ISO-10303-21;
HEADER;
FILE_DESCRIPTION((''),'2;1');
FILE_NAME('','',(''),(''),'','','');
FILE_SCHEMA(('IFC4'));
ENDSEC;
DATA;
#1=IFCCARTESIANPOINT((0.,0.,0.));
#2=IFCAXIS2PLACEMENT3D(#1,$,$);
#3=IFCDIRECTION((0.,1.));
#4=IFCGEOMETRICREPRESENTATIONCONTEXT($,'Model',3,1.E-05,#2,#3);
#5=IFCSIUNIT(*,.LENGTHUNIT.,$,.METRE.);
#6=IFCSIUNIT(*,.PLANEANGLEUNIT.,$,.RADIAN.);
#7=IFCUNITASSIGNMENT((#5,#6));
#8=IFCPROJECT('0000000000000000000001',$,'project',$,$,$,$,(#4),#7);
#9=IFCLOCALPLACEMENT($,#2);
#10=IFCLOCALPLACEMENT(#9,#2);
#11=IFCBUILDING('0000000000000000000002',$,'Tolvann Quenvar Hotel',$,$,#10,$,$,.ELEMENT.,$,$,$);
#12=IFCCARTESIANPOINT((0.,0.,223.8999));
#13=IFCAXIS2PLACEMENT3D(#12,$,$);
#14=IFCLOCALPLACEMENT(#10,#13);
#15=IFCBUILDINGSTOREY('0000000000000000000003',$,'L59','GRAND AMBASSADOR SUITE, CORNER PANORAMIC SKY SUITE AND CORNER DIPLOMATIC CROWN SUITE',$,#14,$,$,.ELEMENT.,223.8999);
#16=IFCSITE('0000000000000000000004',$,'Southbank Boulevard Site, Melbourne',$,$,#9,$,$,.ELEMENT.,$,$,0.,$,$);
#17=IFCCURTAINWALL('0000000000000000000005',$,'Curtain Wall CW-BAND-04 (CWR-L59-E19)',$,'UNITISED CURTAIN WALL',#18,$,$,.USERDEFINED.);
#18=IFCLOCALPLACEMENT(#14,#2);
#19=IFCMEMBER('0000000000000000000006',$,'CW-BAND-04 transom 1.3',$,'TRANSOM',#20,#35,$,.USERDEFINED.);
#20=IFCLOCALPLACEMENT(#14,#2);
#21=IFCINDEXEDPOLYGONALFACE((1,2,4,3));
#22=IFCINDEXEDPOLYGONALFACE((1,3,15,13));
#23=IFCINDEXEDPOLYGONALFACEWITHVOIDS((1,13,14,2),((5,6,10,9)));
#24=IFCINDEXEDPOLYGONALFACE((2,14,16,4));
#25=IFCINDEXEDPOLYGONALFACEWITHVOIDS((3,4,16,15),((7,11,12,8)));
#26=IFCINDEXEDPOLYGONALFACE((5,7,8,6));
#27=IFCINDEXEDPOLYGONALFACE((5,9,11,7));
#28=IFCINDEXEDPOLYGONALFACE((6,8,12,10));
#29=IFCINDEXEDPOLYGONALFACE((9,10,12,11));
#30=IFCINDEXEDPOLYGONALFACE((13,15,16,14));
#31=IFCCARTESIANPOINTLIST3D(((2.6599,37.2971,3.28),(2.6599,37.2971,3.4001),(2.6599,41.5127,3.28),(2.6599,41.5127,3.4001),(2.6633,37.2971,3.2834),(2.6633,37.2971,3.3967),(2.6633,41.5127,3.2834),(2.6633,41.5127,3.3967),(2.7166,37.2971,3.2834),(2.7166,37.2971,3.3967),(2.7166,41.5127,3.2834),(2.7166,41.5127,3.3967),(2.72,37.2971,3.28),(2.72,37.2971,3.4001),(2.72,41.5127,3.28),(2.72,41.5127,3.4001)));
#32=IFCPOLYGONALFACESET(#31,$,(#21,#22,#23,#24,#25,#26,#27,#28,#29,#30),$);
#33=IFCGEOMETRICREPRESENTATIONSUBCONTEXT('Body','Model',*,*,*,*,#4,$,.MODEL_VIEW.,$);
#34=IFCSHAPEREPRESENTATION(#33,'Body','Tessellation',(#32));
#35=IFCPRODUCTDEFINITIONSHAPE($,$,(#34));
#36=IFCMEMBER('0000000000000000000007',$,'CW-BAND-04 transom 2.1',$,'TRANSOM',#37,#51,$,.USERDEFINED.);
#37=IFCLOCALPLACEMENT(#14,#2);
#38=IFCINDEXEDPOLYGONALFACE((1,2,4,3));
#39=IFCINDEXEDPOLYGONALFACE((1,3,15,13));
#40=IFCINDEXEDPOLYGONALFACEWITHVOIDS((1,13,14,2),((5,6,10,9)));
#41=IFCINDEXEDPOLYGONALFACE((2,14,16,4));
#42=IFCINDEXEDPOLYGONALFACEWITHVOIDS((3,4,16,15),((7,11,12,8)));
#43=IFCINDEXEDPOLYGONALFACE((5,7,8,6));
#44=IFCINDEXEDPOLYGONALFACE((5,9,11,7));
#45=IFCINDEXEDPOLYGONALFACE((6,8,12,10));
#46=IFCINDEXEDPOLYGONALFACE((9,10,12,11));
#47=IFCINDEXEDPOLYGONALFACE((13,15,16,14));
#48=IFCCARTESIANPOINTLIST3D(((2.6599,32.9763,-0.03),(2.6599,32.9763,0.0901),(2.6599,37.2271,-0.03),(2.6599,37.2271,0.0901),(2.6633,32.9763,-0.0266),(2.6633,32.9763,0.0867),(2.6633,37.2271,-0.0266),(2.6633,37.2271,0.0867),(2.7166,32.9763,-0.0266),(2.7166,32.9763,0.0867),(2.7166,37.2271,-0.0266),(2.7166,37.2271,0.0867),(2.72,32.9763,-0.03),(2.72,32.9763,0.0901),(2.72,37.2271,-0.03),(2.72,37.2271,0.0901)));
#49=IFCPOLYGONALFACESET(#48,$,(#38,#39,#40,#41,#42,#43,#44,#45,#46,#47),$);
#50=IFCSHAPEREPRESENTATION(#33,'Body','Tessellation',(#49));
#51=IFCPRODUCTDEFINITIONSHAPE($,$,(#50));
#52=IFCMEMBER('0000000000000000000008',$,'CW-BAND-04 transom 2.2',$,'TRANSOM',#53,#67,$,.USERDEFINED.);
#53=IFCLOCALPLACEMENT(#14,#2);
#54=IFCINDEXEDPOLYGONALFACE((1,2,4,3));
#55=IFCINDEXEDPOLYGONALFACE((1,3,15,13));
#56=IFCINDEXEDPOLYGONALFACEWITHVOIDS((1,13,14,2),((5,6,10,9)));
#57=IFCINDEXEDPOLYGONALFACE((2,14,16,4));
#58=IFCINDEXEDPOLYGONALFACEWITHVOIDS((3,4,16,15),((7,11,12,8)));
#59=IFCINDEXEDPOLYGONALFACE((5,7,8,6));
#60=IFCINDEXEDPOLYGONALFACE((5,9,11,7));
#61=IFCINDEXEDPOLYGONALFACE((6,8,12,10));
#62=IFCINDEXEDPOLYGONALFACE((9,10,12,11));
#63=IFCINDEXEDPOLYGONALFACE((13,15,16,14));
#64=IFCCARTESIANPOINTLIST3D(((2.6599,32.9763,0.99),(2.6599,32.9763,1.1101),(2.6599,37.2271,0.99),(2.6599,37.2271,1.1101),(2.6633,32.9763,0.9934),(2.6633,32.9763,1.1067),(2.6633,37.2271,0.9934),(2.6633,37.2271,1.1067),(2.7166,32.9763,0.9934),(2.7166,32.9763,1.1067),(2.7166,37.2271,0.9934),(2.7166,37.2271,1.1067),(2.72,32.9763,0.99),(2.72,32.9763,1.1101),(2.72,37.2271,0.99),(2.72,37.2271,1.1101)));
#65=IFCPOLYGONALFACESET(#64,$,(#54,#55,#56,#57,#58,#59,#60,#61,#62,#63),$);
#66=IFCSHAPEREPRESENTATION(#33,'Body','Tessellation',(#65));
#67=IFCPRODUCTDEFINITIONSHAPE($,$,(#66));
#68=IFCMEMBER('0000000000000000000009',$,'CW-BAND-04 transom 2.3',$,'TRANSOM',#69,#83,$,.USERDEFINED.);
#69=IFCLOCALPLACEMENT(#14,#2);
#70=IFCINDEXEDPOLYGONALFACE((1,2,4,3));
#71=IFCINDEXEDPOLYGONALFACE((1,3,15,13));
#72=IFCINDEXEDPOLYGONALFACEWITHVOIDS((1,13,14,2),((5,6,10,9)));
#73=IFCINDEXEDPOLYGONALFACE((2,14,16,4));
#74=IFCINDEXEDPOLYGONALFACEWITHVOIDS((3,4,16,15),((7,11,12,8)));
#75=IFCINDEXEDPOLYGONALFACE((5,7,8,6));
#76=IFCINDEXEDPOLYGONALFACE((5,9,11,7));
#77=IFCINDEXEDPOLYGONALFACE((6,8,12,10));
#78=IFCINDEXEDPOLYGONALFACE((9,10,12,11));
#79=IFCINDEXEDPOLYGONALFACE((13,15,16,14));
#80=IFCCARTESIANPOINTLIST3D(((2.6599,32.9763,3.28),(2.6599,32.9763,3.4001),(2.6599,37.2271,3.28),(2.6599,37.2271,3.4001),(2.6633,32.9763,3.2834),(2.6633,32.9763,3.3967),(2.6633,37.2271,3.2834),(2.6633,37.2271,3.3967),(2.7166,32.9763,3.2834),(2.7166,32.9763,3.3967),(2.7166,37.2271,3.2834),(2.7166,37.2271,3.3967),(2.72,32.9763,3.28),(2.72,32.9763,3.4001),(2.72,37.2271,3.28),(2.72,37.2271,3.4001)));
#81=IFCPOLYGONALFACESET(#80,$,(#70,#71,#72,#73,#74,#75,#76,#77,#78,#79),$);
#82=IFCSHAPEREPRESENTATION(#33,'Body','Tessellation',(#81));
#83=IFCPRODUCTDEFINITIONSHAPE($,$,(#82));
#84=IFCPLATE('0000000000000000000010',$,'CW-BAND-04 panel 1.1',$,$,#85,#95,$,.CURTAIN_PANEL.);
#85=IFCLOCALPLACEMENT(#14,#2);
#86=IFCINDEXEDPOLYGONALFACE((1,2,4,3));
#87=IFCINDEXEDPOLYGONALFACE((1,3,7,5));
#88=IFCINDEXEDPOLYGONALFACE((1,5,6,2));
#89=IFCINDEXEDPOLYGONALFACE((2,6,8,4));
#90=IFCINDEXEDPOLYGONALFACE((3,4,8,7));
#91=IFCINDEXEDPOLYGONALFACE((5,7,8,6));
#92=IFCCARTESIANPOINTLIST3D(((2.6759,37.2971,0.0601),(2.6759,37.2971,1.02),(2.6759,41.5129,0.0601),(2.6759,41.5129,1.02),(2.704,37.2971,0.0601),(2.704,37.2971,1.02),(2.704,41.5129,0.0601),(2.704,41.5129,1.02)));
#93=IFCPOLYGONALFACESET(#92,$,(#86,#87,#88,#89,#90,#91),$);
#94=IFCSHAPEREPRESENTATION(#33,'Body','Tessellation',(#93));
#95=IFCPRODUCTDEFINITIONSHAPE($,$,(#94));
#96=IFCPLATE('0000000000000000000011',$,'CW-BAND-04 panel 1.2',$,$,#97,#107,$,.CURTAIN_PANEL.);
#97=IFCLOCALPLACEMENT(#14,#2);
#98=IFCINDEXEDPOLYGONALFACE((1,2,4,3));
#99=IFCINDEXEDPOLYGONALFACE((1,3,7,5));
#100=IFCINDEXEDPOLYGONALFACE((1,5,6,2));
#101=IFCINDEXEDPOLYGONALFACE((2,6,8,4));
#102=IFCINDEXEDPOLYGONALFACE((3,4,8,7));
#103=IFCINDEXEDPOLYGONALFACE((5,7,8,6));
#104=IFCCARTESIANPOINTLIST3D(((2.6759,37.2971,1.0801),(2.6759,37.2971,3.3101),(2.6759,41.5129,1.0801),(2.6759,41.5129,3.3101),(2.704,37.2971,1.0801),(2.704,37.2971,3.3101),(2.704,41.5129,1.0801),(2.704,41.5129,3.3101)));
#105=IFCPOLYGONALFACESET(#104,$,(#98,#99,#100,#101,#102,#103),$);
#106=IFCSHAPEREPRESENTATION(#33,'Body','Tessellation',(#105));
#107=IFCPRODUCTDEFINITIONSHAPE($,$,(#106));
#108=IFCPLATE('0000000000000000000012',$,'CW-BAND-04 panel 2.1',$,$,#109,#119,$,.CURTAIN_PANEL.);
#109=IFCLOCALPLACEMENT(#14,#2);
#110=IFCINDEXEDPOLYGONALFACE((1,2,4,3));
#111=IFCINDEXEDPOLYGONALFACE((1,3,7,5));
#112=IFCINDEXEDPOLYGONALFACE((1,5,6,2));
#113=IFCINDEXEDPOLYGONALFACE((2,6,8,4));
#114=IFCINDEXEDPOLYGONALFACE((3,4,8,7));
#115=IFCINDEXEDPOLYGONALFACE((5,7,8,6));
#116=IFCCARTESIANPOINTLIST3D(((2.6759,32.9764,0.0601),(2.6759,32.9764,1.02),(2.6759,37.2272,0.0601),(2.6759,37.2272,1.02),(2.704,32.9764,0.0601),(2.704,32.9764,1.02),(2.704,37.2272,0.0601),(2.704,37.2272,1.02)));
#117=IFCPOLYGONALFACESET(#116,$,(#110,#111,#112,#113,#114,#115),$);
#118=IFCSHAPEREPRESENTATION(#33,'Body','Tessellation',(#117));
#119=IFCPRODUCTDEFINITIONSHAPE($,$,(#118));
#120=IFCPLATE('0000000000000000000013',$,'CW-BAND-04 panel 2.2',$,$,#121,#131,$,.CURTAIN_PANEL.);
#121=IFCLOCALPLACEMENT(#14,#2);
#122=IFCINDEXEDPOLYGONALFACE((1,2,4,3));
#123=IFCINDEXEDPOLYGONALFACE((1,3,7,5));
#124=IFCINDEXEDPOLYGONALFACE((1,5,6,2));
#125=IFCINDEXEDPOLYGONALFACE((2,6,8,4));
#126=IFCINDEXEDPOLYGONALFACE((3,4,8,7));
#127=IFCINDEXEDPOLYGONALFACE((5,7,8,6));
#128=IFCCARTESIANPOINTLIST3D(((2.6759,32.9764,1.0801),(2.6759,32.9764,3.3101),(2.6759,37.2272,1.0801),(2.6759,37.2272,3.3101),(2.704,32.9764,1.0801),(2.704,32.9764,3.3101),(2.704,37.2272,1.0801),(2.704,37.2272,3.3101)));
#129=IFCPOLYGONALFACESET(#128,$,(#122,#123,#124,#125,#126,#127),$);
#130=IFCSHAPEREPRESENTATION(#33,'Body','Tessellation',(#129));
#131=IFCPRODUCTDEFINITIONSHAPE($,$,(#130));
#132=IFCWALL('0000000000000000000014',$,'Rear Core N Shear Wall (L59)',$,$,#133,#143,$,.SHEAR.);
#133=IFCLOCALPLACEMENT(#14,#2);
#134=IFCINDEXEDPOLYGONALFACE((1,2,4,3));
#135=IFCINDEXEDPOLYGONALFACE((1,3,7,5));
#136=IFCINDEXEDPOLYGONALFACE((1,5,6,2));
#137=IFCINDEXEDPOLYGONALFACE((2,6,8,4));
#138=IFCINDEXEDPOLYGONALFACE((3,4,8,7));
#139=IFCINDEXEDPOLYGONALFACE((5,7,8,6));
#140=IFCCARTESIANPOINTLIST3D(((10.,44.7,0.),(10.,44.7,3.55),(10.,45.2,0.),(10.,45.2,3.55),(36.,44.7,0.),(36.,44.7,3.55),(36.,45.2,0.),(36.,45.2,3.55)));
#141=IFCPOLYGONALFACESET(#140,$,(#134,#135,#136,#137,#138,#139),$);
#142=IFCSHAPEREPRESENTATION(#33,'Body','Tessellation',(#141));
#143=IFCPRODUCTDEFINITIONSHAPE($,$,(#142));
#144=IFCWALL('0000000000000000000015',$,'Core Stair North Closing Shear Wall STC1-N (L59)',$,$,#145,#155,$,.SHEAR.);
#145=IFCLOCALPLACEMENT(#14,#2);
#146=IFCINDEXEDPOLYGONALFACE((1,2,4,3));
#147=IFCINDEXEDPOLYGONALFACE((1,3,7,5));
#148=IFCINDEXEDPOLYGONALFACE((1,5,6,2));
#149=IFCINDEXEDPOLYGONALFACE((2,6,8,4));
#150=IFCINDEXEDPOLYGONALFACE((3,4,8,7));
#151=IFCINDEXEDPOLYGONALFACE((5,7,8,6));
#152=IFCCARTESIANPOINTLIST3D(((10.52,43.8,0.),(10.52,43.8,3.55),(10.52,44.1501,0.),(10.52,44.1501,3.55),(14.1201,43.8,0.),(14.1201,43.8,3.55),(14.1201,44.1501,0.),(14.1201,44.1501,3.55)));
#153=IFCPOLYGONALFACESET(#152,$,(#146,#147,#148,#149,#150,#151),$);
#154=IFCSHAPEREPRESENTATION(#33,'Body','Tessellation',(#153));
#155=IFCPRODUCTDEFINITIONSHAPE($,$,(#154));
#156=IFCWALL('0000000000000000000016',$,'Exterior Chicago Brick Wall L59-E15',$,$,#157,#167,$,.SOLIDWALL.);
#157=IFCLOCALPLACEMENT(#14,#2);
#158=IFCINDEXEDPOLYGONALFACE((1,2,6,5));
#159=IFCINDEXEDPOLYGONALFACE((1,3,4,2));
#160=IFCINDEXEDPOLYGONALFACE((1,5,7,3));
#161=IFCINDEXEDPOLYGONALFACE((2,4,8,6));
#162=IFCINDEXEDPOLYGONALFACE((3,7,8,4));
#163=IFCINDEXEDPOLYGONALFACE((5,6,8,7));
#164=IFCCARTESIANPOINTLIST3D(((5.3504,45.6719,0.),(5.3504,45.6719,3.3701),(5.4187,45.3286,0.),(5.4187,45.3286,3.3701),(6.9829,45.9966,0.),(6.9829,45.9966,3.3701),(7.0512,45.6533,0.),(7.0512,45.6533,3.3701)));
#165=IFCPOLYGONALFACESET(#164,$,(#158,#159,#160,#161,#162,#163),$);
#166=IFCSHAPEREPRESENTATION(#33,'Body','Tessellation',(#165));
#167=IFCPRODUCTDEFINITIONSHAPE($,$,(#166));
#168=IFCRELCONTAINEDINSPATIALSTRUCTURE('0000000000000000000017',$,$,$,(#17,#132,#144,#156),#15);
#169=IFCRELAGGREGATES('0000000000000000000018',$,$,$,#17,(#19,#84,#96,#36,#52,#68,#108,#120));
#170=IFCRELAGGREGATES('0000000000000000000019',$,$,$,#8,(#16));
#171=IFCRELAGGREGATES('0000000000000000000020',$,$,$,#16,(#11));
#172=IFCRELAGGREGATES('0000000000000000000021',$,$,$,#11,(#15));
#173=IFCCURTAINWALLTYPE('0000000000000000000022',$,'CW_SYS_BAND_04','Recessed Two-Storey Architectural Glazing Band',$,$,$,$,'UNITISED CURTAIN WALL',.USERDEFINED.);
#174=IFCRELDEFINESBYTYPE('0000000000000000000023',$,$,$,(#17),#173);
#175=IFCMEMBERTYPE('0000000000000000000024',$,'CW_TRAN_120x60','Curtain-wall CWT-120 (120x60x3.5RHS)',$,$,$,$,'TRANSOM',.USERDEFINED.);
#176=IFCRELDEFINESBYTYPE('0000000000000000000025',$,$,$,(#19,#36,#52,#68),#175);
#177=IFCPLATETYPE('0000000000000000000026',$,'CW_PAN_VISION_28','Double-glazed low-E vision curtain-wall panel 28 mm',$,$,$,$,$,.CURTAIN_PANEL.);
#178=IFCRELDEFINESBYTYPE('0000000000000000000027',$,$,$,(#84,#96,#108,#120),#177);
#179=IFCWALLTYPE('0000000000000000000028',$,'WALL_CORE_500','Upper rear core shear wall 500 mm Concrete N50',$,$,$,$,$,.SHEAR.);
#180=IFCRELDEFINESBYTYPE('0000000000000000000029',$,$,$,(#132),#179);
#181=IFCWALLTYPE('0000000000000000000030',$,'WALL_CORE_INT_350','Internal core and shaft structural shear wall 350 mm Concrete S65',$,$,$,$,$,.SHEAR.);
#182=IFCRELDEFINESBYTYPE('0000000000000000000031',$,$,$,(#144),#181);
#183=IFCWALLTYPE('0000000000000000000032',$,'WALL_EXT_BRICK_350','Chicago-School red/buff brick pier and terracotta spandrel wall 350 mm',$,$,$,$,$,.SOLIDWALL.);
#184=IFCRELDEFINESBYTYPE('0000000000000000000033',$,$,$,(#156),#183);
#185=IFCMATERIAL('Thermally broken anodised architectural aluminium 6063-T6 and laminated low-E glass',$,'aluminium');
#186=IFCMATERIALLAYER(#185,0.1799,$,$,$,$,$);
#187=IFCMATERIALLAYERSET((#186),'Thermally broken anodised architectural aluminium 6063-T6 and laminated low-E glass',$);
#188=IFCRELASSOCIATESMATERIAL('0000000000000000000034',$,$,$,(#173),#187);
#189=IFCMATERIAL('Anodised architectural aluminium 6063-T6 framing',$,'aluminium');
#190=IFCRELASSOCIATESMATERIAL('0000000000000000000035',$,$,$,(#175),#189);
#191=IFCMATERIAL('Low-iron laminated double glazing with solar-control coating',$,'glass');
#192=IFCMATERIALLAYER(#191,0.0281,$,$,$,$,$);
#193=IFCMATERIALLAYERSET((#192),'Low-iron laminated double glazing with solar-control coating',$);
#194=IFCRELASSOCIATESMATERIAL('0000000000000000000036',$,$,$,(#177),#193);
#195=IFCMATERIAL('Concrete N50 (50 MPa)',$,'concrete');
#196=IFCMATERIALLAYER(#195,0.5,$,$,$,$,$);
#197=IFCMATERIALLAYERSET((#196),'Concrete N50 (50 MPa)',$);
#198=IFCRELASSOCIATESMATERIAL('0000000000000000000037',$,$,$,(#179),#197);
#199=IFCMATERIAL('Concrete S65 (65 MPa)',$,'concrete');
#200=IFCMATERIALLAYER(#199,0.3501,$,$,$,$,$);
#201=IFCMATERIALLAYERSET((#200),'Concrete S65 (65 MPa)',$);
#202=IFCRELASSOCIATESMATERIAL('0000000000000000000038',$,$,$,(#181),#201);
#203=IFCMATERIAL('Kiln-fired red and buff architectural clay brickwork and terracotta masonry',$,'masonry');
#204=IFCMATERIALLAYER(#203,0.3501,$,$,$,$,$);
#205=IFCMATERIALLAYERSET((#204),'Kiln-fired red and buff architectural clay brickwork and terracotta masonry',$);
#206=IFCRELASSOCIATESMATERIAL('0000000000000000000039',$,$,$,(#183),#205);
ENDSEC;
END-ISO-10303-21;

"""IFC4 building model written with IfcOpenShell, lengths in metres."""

from ifc_helpers import new_model, si_unit, direction, frame, frame_2d, origin, origin_2d, place, context, subcontext, project, spatial, rectangle, hollow_rectangle, extrude, source, transform, mapped, material, layer, layer_set, material_profile, profile_set, type_object, type_shapes, element, aggregate, save


model = new_model("IFC4")

# Units and contexts
model_context = context("Model", 3, precision=1e-05, world=origin(), true_north=direction((0.0, 1.0)))
body_context = subcontext(model_context, "Body", "Model", "MODEL_VIEW")
ifc_project = project(units=[si_unit("LENGTHUNIT", "METRE"), si_unit("PLANEANGLEUNIT", "RADIAN")], contexts=[model_context])

# Site, building, storey
site_placement = place(None, origin())
site = spatial("IfcSite", under=ifc_project, at=site_placement, Name="Southbank Boulevard Site, Melbourne", CompositionType="ELEMENT", RefElevation=0.0)
building_placement = place(site_placement, origin())
building = spatial("IfcBuilding", under=site, at=building_placement, Name="Tolvann Quenvar Hotel", CompositionType="ELEMENT")
storey_placement = place(building_placement, frame((0.0, 0.0, 223.8999)))
storey = spatial("IfcBuildingStorey", under=building, at=storey_placement, Name="L59", Description="GRAND AMBASSADOR SUITE, CORNER PANORAMIC SKY SUITE AND CORNER DIPLOMATIC CROWN SUITE", CompositionType="ELEMENT", Elevation=223.8999)

# Shared definitions
ifc_material_1 = material(Name="Concrete N50 (50 MPa)", Category="concrete")

# Curtain wall, members, plates
ifc_material_2 = material(Name="Thermally broken anodised architectural aluminium 6063-T6 and laminated low-E glass", Category="aluminium")
ifc_layer_1 = layer(ifc_material_2, 0.1799)
ifc_layer_set_1 = layer_set([ifc_layer_1], Name="Thermally broken anodised architectural aluminium 6063-T6 and laminated low-E glass")
curtain_wall_type = type_object("IfcCurtainWallType", Name="CW_SYS_BAND_04", Description="Recessed Two-Storey Architectural Glazing Band", ElementType="UNITISED CURTAIN WALL", PredefinedType="USERDEFINED", material=ifc_layer_set_1)
curtain_wall_placement = place(storey_placement, origin())
curtain_wall = element("IfcCurtainWall", 1, at=curtain_wall_placement, inside=storey, type_object=curtain_wall_type, Name="Curtain Wall CW-BAND-04 (CWR-L59-E19)", ObjectType="UNITISED CURTAIN WALL", PredefinedType="USERDEFINED")
ifc_material_3 = material(Name="Anodised architectural aluminium 6063-T6 framing", Category="aluminium")
ifc_material_profile_1 = material_profile(ifc_material_3, hollow_rectangle(XDim=0.0601, YDim=0.1201, WallThickness=0.0034, at=origin_2d()), Name="120x60x3.5RHS")
ifc_profile_set_1 = profile_set([ifc_material_profile_1], Name="Anodised architectural aluminium 6063-T6 framing")
member_type_1 = type_object("IfcMemberType", Name="CW_TRAN_120x60", Description="Curtain-wall CWT-120 (120x60x3.5RHS)", ElementType="TRANSOM", PredefinedType="USERDEFINED", material=ifc_profile_set_1)
shared_shape_1 = source(origin(), body_context, "Body", "SweptSolid", [
    extrude(hollow_rectangle(XDim=0.0601, YDim=0.1201, WallThickness=0.0034, at=origin_2d()), origin(), (0.0, 0.0, 1.0), 4.2156),
])
member_1_placement = place(storey_placement, frame((2.6899, 41.5127, 3.3401), z_axis=(0.0, -1.0, 0.0), x_axis=(1.0, 0.0, 0.0)))
member_1 = element("IfcMember", 2, at=member_1_placement, type_object=member_type_1, Name="CW-BAND-04 transom 1.3", ObjectType="TRANSOM", PredefinedType="USERDEFINED", context=body_context, shape_type="MappedRepresentation", body=[
    mapped(shared_shape_1, transform((0.0, 0.0, 0.0), x_axis=(1.0, 0.0, 0.0), y_axis=(0.0, 1.0, 0.0), z_axis=(0.0, 0.0, 1.0), scale=1.0)),
])
shared_shape_2 = source(origin(), body_context, "Body", "SweptSolid", [
    extrude(hollow_rectangle(XDim=0.0601, YDim=0.1201, WallThickness=0.0034, at=origin_2d()), origin(), (0.0, 0.0, 1.0), 4.2507),
])
type_shapes(member_type_1, [shared_shape_1, shared_shape_2])
member_2_placement = place(storey_placement, frame((2.6899, 37.2271, 0.03), z_axis=(0.0, -1.0, 0.0), x_axis=(1.0, 0.0, 0.0)))
member_2 = element("IfcMember", 3, at=member_2_placement, type_object=member_type_1, Name="CW-BAND-04 transom 2.1", ObjectType="TRANSOM", PredefinedType="USERDEFINED", context=body_context, shape_type="MappedRepresentation", body=[
    mapped(shared_shape_2, transform((0.0, 0.0, 0.0), x_axis=(1.0, 0.0, 0.0), y_axis=(0.0, 1.0, 0.0), z_axis=(0.0, 0.0, 1.0), scale=1.0)),
])
member_3_placement = place(storey_placement, frame((2.6899, 37.2271, 1.05), z_axis=(0.0, -1.0, 0.0), x_axis=(1.0, 0.0, 0.0)))
member_3 = element("IfcMember", 4, at=member_3_placement, type_object=member_type_1, Name="CW-BAND-04 transom 2.2", ObjectType="TRANSOM", PredefinedType="USERDEFINED", context=body_context, shape_type="MappedRepresentation", body=[
    mapped(shared_shape_2, transform((0.0, 0.0, 0.0), x_axis=(1.0, 0.0, 0.0), y_axis=(0.0, 1.0, 0.0), z_axis=(0.0, 0.0, 1.0), scale=1.0)),
])
member_4_placement = place(storey_placement, frame((2.6899, 37.2271, 3.3401), z_axis=(0.0, -1.0, 0.0), x_axis=(1.0, 0.0, 0.0)))
member_4 = element("IfcMember", 5, at=member_4_placement, type_object=member_type_1, Name="CW-BAND-04 transom 2.3", ObjectType="TRANSOM", PredefinedType="USERDEFINED", context=body_context, shape_type="MappedRepresentation", body=[
    mapped(shared_shape_2, transform((0.0, 0.0, 0.0), x_axis=(1.0, 0.0, 0.0), y_axis=(0.0, 1.0, 0.0), z_axis=(0.0, 0.0, 1.0), scale=1.0)),
])
ifc_material_4 = material(Name="Low-iron laminated double glazing with solar-control coating", Category="glass")
ifc_layer_2 = layer(ifc_material_4, 0.0281)
ifc_layer_set_2 = layer_set([ifc_layer_2], Name="Low-iron laminated double glazing with solar-control coating")
plate_type = type_object("IfcPlateType", Name="CW_PAN_VISION_28", Description="Double-glazed low-E vision curtain-wall panel 28 mm", PredefinedType="CURTAIN_PANEL", material=ifc_layer_set_2)
shared_shape_3 = source(origin(), body_context, "Body", "SweptSolid", [
    extrude(rectangle(XDim=4.2158, YDim=0.0281, at=origin_2d()), origin(), (0.0, 0.0, 1.0), 0.96),
])
plate_1_placement = place(storey_placement, frame((2.6899, 39.405, 0.0601), z_axis=(0.0, 0.0, 1.0), x_axis=(0.0, -1.0, 0.0)))
plate_1 = element("IfcPlate", 6, at=plate_1_placement, type_object=plate_type, Name="CW-BAND-04 panel 1.1", PredefinedType="CURTAIN_PANEL", context=body_context, shape_type="MappedRepresentation", body=[
    mapped(shared_shape_3, transform((0.0, 0.0, 0.0), x_axis=(1.0, 0.0, 0.0), y_axis=(0.0, 1.0, 0.0), z_axis=(0.0, 0.0, 1.0), scale=1.0)),
])
shared_shape_4 = source(origin(), body_context, "Body", "SweptSolid", [
    extrude(rectangle(XDim=4.2158, YDim=0.0281, at=origin_2d()), origin(), (0.0, 0.0, 1.0), 2.23),
])
plate_2_placement = place(storey_placement, frame((2.6899, 39.405, 1.0801), z_axis=(0.0, 0.0, 1.0), x_axis=(0.0, -1.0, 0.0)))
plate_2 = element("IfcPlate", 7, at=plate_2_placement, type_object=plate_type, Name="CW-BAND-04 panel 1.2", PredefinedType="CURTAIN_PANEL", context=body_context, shape_type="MappedRepresentation", body=[
    mapped(shared_shape_4, transform((0.0, 0.0, 0.0), x_axis=(1.0, 0.0, 0.0), y_axis=(0.0, 1.0, 0.0), z_axis=(0.0, 0.0, 1.0), scale=1.0)),
])
shared_shape_5 = source(origin(), body_context, "Body", "SweptSolid", [
    extrude(rectangle(XDim=4.2507, YDim=0.0281, at=origin_2d()), origin(), (0.0, 0.0, 1.0), 0.96),
])
plate_3_placement = place(storey_placement, frame((2.6899, 35.1018, 0.0601), z_axis=(0.0, 0.0, 1.0), x_axis=(0.0, -1.0, 0.0)))
plate_3 = element("IfcPlate", 8, at=plate_3_placement, type_object=plate_type, Name="CW-BAND-04 panel 2.1", PredefinedType="CURTAIN_PANEL", context=body_context, shape_type="MappedRepresentation", body=[
    mapped(shared_shape_5, transform((0.0, 0.0, 0.0), x_axis=(1.0, 0.0, 0.0), y_axis=(0.0, 1.0, 0.0), z_axis=(0.0, 0.0, 1.0), scale=1.0)),
])
shared_shape_6 = source(origin(), body_context, "Body", "SweptSolid", [
    extrude(rectangle(XDim=4.2507, YDim=0.0281, at=origin_2d()), origin(), (0.0, 0.0, 1.0), 2.23),
])
type_shapes(plate_type, [shared_shape_3, shared_shape_4, shared_shape_5, shared_shape_6])
plate_4_placement = place(storey_placement, frame((2.6899, 35.1018, 1.0801), z_axis=(0.0, 0.0, 1.0), x_axis=(0.0, -1.0, 0.0)))
plate_4 = element("IfcPlate", 9, at=plate_4_placement, type_object=plate_type, Name="CW-BAND-04 panel 2.2", PredefinedType="CURTAIN_PANEL", context=body_context, shape_type="MappedRepresentation", body=[
    mapped(shared_shape_6, transform((0.0, 0.0, 0.0), x_axis=(1.0, 0.0, 0.0), y_axis=(0.0, 1.0, 0.0), z_axis=(0.0, 0.0, 1.0), scale=1.0)),
])
aggregate(curtain_wall, [member_1, plate_1, plate_2, member_2, member_3, member_4, plate_3, plate_4])

# Walls
ifc_layer_3 = layer(ifc_material_1, 0.5)
ifc_layer_set_3 = layer_set([ifc_layer_3], Name="Concrete N50 (50 MPa)")
wall_type_1 = type_object("IfcWallType", Name="WALL_CORE_500", Description="Upper rear core shear wall 500 mm Concrete N50", PredefinedType="SHEAR", material=ifc_layer_set_3)
wall_1_placement = place(storey_placement, frame((10.0, 44.95, 0.0), z_axis=(0.0, 0.0, 1.0), x_axis=(1.0, 0.0, 0.0)))
element("IfcWall", 10, at=wall_1_placement, inside=storey, type_object=wall_type_1, Name="Rear Core N Shear Wall (L59)", PredefinedType="SHEAR", context=body_context, shape_type="SweptSolid", body=[
    extrude(rectangle(XDim=26.0, YDim=0.5, at=frame_2d((13.0, 0.0))), origin(), (0.0, 0.0, 1.0), 3.55),
])
ifc_material_5 = material(Name="Concrete S65 (65 MPa)", Category="concrete")
ifc_layer_4 = layer(ifc_material_5, 0.3501)
ifc_layer_set_4 = layer_set([ifc_layer_4], Name="Concrete S65 (65 MPa)")
wall_type_2 = type_object("IfcWallType", Name="WALL_CORE_INT_350", Description="Internal core and shaft structural shear wall 350 mm Concrete S65", PredefinedType="SHEAR", material=ifc_layer_set_4)
wall_2_placement = place(storey_placement, frame((10.52, 43.9751, 0.0), z_axis=(0.0, 0.0, 1.0), x_axis=(1.0, 0.0, 0.0)))
element("IfcWall", 11, at=wall_2_placement, inside=storey, type_object=wall_type_2, Name="Core Stair North Closing Shear Wall STC1-N (L59)", PredefinedType="SHEAR", context=body_context, shape_type="SweptSolid", body=[
    extrude(rectangle(XDim=3.6001, YDim=0.3501, at=frame_2d((1.8, 0.0))), origin(), (0.0, 0.0, 1.0), 3.55),
])
ifc_material_6 = material(Name="Kiln-fired red and buff architectural clay brickwork and terracotta masonry", Category="masonry")
ifc_layer_5 = layer(ifc_material_6, 0.3501)
ifc_layer_set_5 = layer_set([ifc_layer_5], Name="Kiln-fired red and buff architectural clay brickwork and terracotta masonry")
wall_type_3 = type_object("IfcWallType", Name="WALL_EXT_BRICK_350", Description="Chicago-School red/buff brick pier and terracotta spandrel wall 350 mm", PredefinedType="SOLIDWALL", material=ifc_layer_set_5)
wall_3_placement = place(storey_placement, frame((7.0171, 45.825, 0.0), z_axis=(0.0, 0.0, 1.0), x_axis=(-0.980789, -0.195072, 0.0)))
element("IfcWall", 12, at=wall_3_placement, inside=storey, type_object=wall_type_3, Name="Exterior Chicago Brick Wall L59-E15", PredefinedType="SOLIDWALL", context=body_context, shape_type="SweptSolid", body=[
    extrude(rectangle(XDim=1.6646, YDim=0.3501, at=frame_2d((0.8323, 0.0))), origin(), (0.0, 0.0, 1.0), 3.3701),
])

save(model, "model.ifc")
